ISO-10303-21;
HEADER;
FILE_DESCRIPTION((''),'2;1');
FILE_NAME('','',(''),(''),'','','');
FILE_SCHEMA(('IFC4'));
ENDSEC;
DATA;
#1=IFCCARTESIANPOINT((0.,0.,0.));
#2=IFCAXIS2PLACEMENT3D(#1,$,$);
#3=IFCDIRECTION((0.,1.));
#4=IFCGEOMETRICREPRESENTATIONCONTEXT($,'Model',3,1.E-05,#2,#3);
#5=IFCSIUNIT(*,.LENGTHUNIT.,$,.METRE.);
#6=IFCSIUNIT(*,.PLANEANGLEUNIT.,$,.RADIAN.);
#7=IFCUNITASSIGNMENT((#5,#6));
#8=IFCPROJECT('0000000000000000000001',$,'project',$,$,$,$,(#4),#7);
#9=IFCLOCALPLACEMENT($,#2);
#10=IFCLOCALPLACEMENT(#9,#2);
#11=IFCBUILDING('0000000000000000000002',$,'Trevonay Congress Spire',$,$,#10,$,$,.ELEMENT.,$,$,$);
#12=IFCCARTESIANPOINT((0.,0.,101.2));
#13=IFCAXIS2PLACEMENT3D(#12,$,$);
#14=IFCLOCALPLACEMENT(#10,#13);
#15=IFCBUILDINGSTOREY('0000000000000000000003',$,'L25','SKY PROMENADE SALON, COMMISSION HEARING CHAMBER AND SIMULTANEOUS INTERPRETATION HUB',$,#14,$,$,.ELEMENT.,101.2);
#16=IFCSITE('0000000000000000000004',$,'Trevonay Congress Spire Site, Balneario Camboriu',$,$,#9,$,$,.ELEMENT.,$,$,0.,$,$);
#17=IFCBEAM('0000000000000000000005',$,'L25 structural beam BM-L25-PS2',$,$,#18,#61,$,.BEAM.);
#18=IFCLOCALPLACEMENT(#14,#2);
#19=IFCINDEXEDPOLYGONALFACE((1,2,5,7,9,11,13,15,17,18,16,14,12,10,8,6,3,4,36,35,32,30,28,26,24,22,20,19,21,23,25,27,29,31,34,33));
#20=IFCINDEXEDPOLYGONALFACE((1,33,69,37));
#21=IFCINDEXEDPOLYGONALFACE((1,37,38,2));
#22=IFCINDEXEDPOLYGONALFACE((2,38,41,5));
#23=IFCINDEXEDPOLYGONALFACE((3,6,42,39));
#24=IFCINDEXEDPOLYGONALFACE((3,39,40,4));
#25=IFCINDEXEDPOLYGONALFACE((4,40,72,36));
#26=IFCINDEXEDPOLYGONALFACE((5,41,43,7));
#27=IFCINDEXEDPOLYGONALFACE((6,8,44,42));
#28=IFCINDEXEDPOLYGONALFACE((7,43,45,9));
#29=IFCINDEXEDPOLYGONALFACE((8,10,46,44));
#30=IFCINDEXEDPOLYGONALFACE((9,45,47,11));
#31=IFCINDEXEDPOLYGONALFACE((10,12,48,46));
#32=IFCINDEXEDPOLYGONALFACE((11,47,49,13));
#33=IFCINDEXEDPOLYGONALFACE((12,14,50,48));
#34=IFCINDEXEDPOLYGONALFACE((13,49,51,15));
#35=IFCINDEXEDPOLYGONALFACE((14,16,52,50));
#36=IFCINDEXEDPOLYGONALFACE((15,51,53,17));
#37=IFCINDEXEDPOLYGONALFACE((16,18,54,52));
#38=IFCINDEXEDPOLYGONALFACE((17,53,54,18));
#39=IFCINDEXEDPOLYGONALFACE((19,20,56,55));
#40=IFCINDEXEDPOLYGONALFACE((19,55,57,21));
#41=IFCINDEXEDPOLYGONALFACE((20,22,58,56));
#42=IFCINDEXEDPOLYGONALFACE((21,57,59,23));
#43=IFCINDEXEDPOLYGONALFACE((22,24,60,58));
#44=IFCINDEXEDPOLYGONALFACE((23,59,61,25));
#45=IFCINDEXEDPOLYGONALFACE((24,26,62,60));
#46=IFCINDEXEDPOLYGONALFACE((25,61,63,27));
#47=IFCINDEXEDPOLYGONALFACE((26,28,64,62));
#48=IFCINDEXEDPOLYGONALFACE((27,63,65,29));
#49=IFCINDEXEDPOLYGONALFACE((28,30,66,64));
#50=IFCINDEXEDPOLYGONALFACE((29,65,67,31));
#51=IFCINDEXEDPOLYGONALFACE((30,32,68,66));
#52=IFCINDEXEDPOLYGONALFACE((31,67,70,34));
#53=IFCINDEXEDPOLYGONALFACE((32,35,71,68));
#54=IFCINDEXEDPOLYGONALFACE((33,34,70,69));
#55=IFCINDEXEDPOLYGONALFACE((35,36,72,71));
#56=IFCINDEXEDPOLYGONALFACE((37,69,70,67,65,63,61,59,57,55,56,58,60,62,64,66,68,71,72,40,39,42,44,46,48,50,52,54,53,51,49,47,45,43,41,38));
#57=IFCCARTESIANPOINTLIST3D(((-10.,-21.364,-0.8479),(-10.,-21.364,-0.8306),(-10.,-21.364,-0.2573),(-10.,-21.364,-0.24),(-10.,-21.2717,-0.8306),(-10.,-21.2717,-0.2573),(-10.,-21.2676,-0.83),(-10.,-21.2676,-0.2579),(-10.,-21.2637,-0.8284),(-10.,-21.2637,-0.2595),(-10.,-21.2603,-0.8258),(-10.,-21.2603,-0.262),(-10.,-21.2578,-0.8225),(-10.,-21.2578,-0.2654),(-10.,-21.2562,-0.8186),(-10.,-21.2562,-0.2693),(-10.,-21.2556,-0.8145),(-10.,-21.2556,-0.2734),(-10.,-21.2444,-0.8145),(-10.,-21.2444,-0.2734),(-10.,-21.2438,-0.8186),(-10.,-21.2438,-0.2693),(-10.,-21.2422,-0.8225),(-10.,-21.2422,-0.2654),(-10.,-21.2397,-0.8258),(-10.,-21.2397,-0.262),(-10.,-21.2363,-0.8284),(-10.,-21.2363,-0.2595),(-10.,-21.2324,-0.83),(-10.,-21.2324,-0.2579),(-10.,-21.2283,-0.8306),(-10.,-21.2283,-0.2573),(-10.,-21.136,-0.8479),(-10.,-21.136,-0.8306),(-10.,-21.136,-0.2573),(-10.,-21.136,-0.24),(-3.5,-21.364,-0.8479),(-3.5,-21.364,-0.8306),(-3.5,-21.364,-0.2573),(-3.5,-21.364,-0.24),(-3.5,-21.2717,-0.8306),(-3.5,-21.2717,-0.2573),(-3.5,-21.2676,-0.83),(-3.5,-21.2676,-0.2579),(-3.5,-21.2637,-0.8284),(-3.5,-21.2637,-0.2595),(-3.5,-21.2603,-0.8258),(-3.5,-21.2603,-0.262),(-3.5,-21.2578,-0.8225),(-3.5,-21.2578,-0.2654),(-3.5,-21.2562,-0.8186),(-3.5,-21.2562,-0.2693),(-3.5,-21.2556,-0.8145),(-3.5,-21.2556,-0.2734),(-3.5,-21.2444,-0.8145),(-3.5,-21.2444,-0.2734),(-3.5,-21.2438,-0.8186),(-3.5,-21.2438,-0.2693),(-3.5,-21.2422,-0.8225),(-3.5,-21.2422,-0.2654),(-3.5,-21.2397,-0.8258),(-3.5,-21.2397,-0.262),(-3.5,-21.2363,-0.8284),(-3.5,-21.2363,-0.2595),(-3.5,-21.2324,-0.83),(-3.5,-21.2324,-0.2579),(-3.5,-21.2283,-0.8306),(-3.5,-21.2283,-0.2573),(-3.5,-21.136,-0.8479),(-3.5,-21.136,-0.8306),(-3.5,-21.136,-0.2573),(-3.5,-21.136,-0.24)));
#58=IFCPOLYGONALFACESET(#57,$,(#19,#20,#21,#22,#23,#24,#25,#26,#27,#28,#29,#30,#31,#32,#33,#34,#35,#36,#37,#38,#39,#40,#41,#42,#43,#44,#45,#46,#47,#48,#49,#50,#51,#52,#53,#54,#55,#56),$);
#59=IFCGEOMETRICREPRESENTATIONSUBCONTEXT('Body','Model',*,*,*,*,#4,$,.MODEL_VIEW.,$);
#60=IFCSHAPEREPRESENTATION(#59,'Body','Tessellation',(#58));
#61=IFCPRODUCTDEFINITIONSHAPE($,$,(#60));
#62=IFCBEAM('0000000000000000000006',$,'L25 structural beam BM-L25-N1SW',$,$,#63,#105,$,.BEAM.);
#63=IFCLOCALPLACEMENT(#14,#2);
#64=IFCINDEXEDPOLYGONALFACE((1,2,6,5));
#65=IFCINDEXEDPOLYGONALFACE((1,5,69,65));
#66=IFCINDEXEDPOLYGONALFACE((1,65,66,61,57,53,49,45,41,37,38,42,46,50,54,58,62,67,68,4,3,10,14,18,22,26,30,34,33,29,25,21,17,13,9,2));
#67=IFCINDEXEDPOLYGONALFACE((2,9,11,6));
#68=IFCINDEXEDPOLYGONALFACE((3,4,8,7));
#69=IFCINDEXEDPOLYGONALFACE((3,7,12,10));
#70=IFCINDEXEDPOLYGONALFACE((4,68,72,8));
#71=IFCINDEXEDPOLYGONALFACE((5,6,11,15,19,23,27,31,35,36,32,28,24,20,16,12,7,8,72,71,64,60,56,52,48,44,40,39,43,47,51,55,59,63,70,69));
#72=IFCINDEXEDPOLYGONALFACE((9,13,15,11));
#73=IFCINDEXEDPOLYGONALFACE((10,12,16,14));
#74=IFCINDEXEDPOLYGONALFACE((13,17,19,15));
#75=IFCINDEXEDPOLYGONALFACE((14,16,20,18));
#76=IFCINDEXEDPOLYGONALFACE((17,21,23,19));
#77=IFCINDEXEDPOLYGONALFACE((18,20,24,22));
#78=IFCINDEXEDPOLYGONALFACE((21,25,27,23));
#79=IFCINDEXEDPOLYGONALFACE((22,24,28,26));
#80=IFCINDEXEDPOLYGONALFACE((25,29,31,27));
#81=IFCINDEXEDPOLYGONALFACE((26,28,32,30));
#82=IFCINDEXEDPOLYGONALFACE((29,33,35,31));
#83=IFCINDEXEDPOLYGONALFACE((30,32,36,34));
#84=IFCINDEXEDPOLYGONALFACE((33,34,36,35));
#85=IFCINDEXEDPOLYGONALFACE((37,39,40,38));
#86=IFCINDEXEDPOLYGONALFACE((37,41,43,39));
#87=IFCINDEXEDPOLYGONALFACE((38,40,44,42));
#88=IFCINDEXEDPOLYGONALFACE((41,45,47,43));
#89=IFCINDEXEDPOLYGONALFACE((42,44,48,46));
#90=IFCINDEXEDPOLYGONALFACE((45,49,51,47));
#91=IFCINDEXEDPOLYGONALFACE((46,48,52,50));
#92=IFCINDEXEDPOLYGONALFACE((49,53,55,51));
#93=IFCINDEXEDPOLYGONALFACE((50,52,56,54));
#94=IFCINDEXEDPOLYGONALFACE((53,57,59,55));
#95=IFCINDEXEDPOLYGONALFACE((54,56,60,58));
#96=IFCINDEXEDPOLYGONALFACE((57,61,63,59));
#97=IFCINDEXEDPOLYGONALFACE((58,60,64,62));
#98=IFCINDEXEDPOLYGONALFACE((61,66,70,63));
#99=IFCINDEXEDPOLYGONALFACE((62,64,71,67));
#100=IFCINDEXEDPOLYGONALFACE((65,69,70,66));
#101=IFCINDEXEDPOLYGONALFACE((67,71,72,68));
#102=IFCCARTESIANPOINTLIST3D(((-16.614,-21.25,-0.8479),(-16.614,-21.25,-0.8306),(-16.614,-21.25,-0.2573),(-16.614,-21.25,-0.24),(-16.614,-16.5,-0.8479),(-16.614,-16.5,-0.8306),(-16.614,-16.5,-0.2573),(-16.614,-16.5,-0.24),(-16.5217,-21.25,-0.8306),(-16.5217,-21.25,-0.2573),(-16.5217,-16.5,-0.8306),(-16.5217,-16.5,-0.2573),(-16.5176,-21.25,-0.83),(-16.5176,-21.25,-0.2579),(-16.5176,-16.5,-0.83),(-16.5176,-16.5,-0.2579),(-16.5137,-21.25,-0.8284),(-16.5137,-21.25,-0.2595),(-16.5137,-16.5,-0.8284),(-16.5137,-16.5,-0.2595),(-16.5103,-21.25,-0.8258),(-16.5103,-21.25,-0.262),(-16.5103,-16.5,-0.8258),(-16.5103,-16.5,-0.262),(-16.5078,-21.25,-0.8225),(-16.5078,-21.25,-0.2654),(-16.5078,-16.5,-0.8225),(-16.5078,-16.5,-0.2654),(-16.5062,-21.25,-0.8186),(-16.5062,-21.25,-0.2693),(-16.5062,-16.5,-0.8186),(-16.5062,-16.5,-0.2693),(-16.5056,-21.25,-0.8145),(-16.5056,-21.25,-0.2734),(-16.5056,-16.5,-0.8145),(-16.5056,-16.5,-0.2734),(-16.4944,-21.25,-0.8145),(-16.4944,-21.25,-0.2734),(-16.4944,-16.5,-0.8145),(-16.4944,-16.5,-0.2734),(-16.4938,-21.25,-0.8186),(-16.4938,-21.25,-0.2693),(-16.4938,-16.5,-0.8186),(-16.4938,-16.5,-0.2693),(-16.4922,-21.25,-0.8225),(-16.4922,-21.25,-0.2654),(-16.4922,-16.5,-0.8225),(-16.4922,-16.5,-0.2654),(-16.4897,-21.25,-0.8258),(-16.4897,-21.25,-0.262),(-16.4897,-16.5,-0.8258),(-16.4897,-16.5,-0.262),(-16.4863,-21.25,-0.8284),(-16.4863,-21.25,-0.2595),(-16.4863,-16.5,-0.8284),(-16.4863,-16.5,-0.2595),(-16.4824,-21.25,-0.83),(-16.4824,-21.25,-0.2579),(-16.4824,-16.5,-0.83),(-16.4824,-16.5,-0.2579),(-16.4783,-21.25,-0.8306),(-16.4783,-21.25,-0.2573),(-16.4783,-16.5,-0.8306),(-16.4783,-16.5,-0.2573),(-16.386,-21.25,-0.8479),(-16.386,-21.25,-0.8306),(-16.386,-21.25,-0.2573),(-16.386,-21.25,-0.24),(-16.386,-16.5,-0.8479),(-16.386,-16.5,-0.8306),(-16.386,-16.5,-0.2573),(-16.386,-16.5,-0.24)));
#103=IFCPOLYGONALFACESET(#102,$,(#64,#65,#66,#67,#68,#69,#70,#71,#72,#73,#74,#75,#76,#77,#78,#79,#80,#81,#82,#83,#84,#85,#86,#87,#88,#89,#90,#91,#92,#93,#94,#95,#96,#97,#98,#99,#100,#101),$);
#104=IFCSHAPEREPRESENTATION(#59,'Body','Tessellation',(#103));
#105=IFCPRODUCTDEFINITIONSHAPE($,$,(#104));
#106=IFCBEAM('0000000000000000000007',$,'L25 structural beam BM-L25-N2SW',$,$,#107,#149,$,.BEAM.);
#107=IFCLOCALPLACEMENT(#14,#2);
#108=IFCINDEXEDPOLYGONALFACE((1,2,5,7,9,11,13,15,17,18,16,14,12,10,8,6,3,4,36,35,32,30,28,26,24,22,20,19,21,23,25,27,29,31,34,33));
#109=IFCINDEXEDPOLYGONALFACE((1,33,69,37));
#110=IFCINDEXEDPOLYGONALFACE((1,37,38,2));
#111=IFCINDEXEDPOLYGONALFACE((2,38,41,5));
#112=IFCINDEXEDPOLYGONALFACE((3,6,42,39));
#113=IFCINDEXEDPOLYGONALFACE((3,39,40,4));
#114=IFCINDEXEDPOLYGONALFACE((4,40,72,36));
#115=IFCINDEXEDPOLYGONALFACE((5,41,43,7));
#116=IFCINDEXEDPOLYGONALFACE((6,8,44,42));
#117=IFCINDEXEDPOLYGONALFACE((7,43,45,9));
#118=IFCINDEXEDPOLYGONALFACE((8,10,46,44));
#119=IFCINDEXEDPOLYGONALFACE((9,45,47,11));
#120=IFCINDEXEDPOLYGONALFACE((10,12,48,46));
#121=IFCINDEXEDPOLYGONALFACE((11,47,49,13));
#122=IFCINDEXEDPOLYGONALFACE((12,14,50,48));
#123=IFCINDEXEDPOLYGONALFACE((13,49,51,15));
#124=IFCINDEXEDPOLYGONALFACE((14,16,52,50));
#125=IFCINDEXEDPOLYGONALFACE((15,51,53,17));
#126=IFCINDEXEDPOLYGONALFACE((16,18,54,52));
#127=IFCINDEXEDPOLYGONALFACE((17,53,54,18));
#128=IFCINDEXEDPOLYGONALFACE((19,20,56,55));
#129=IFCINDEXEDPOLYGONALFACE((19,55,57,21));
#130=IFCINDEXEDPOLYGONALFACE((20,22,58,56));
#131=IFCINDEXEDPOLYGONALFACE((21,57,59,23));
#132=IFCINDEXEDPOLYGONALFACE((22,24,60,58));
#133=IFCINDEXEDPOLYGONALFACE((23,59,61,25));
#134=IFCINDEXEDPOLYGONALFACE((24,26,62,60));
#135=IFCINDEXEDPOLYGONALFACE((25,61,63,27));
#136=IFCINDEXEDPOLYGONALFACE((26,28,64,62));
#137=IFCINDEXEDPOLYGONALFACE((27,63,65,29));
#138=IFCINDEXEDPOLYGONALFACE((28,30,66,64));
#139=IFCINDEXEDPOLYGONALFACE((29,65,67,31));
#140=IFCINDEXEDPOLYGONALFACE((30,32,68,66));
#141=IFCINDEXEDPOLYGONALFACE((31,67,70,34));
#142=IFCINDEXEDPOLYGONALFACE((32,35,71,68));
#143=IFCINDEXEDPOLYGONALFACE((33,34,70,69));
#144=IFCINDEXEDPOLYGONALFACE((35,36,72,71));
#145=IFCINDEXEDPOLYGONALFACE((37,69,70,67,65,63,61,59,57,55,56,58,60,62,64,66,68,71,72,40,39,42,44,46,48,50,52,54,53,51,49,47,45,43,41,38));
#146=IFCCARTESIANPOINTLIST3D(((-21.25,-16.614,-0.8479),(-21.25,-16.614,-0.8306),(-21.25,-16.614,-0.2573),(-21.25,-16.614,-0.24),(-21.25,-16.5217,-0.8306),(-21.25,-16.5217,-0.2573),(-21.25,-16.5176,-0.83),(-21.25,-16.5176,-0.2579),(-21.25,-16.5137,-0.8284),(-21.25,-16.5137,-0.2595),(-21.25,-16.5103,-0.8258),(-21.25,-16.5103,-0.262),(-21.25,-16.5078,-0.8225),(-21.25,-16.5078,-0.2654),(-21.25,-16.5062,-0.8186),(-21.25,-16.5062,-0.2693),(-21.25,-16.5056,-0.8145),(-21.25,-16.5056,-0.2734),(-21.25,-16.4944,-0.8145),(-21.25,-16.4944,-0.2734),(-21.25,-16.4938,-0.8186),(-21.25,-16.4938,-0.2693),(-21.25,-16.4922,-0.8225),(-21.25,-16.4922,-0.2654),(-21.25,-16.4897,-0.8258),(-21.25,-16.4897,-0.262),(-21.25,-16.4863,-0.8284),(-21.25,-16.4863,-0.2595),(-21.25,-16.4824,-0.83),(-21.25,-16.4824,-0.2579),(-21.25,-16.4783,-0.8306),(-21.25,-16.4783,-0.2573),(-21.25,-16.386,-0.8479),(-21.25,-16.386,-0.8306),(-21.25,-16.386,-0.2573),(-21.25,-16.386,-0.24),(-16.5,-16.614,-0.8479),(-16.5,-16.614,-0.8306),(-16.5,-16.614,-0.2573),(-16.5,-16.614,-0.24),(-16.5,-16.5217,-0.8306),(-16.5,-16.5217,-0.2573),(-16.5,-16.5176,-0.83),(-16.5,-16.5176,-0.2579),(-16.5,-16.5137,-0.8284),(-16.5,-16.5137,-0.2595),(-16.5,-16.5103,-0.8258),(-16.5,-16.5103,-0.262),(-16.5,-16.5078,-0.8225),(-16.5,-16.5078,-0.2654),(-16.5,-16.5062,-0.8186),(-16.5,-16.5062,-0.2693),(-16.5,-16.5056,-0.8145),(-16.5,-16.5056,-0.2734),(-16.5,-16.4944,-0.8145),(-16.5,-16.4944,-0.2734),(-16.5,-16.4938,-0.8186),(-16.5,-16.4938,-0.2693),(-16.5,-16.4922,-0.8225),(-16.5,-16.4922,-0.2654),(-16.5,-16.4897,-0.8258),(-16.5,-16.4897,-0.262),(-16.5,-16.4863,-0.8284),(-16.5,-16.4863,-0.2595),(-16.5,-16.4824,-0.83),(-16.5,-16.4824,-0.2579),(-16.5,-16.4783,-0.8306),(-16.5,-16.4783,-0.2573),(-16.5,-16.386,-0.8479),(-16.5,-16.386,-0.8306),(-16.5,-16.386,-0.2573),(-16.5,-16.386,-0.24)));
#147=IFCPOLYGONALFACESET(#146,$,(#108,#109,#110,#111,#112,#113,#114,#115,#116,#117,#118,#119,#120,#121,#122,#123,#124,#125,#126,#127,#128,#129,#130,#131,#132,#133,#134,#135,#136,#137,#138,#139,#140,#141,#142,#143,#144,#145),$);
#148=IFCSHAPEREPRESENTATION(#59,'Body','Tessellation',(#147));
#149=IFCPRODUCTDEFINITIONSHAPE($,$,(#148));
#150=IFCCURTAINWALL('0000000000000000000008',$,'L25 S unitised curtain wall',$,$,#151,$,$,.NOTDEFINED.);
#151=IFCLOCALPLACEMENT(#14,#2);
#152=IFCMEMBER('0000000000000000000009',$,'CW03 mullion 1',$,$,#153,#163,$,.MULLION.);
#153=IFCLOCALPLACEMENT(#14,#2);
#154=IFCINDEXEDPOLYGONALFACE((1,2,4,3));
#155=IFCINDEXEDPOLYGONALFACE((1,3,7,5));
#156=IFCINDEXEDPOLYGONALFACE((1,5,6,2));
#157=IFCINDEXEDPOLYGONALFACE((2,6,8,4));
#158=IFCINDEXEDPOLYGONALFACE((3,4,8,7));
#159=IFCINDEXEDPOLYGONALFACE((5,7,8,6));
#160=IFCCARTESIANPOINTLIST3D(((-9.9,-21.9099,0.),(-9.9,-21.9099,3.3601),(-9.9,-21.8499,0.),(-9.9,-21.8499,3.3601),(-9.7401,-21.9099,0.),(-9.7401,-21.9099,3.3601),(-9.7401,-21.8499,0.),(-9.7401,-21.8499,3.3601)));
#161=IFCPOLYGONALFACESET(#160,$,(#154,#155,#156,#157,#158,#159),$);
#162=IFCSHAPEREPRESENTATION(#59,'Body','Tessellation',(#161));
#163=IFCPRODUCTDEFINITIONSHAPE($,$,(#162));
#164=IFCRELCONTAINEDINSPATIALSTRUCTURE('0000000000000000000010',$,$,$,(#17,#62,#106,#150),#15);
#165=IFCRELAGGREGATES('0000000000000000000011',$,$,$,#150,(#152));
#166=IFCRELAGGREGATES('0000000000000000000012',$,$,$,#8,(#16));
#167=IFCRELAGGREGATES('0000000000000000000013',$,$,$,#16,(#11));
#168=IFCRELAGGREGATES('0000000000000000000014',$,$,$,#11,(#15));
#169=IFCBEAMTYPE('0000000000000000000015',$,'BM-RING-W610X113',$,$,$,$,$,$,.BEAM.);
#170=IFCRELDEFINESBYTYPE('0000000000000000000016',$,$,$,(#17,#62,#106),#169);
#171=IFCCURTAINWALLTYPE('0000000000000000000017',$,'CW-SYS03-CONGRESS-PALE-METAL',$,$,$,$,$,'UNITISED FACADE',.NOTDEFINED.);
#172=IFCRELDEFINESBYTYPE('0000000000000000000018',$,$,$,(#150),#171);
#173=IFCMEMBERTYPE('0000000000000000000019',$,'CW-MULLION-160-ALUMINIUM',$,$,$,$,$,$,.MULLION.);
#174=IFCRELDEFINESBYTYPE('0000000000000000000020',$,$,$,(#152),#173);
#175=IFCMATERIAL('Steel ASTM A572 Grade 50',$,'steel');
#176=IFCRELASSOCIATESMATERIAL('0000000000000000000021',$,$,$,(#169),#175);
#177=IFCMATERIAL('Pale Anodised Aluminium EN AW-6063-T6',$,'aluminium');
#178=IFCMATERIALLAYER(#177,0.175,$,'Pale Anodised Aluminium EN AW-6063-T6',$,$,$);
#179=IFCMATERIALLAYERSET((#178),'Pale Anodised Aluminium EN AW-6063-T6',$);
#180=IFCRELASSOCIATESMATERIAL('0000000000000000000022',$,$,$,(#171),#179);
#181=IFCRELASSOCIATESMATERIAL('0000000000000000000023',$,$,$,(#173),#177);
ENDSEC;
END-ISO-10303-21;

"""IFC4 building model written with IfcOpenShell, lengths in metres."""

from ifc_helpers import new_model, si_unit, direction, frame, origin, origin_2d, place, context, subcontext, project, spatial, rectangle, i_section, extrude, material, layer, layer_set, material_profile, profile_set, type_object, element, aggregate, save


model = new_model("IFC4")

# Units and contexts
model_context = context("Model", 3, precision=1e-05, world=origin(), true_north=direction((0.0, 1.0)))
body_context = subcontext(model_context, "Body", "Model", "MODEL_VIEW")
ifc_project = project(units=[si_unit("LENGTHUNIT", "METRE"), si_unit("PLANEANGLEUNIT", "RADIAN")], contexts=[model_context])

# Site, building, storey
site_placement = place(None, origin())
site = spatial("IfcSite", under=ifc_project, at=site_placement, Name="Trevonay Congress Spire Site, Balneario Camboriu", CompositionType="ELEMENT", RefElevation=0.0)
building_placement = place(site_placement, origin())
building = spatial("IfcBuilding", under=site, at=building_placement, Name="Trevonay Congress Spire", CompositionType="ELEMENT")
storey_placement = place(building_placement, frame((0.0, 0.0, 101.2)))
storey = spatial("IfcBuildingStorey", under=building, at=storey_placement, Name="L25", Description="SKY PROMENADE SALON, COMMISSION HEARING CHAMBER AND SIMULTANEOUS INTERPRETATION HUB", CompositionType="ELEMENT", Elevation=101.2)

# Shared definitions
ifc_material_1 = material(Name="Steel ASTM A572 Grade 50", Category="steel")

# Beams
ifc_material_profile_1 = material_profile(ifc_material_1, i_section(OverallWidth=0.228, OverallDepth=0.6079, WebThickness=0.0112, FlangeThickness=0.0173, FilletRadius=0.0161, at=origin_2d()), Name="W610x113")
ifc_profile_set_1 = profile_set([ifc_material_profile_1], Name="Steel ASTM A572 Grade 50")
beam_type_1 = type_object("IfcBeamType", Name="BM-RING-W610X113", PredefinedType="BEAM", material=ifc_profile_set_1)
for number, where, z_axis, x_axis, name in (
    (1, (-10.0, -21.25, -0.5439), (1.0, 0.0, 0.0), (0.0, 1.0, 0.0), "L25 structural beam BM-L25-PS2"),
):
    element("IfcBeam", number, at=place(storey_placement, frame(where, z_axis=z_axis, x_axis=x_axis)), inside=storey, type_object=beam_type_1, Name=name, PredefinedType="BEAM", context=body_context, shape_type="SweptSolid", body=[
        extrude(i_section(OverallWidth=0.228, OverallDepth=0.6079, WebThickness=0.0112, FlangeThickness=0.0173, FilletRadius=0.0161, at=origin_2d()), origin(), (0.0, 0.0, 1.0), 6.5),
    ])
for number, where, z_axis, x_axis, name in (
    (2, (-16.5, -21.25, -0.5439), (0.0, 1.0, 0.0), (-1.0, 0.0, 0.0), "L25 structural beam BM-L25-N1SW"),
    (3, (-21.25, -16.5, -0.5439), (1.0, 0.0, 0.0), (0.0, 1.0, 0.0), "L25 structural beam BM-L25-N2SW"),
):
    element("IfcBeam", number, at=place(storey_placement, frame(where, z_axis=z_axis, x_axis=x_axis)), inside=storey, type_object=beam_type_1, Name=name, PredefinedType="BEAM", context=body_context, shape_type="SweptSolid", body=[
        extrude(i_section(OverallWidth=0.228, OverallDepth=0.6079, WebThickness=0.0112, FlangeThickness=0.0173, FilletRadius=0.0161, at=origin_2d()), origin(), (0.0, 0.0, 1.0), 4.75),
    ])

# Curtain wall, member
ifc_material_2 = material(Name="Pale Anodised Aluminium EN AW-6063-T6", Category="aluminium")
ifc_layer_1 = layer(ifc_material_2, 0.175, Name="Pale Anodised Aluminium EN AW-6063-T6")
ifc_layer_set_1 = layer_set([ifc_layer_1], Name="Pale Anodised Aluminium EN AW-6063-T6")
curtain_wall_type = type_object("IfcCurtainWallType", Name="CW-SYS03-CONGRESS-PALE-METAL", ElementType="UNITISED FACADE", PredefinedType="NOTDEFINED", material=ifc_layer_set_1)
curtain_wall_placement = place(storey_placement, origin())
curtain_wall = element("IfcCurtainWall", 4, at=curtain_wall_placement, inside=storey, type_object=curtain_wall_type, Name="L25 S unitised curtain wall", PredefinedType="NOTDEFINED")
ifc_material_profile_2 = material_profile(ifc_material_2, rectangle(XDim=0.0601, YDim=0.1599, at=origin_2d()), Name="CW-MULLION-160-ALUMINIUM")
ifc_profile_set_2 = profile_set([ifc_material_profile_2], Name="Pale Anodised Aluminium EN AW-6063-T6")
member_type_1 = type_object("IfcMemberType", Name="CW-MULLION-160-ALUMINIUM", PredefinedType="MULLION", material=ifc_profile_set_2)
member_placement = place(storey_placement, frame((-9.8201, -21.8799, 0.0), z_axis=(0.0, 0.0, 1.0), x_axis=(0.0, 1.0, 0.0)))
member = element("IfcMember", 5, at=member_placement, type_object=member_type_1, Name="CW03 mullion 1", PredefinedType="MULLION", context=body_context, shape_type="SweptSolid", body=[
    extrude(rectangle(XDim=0.0601, YDim=0.1599, at=origin_2d()), origin(), (0.0, 0.0, 1.0), 3.3601),
])
aggregate(curtain_wall, [member])

save(model, "model.ifc")
